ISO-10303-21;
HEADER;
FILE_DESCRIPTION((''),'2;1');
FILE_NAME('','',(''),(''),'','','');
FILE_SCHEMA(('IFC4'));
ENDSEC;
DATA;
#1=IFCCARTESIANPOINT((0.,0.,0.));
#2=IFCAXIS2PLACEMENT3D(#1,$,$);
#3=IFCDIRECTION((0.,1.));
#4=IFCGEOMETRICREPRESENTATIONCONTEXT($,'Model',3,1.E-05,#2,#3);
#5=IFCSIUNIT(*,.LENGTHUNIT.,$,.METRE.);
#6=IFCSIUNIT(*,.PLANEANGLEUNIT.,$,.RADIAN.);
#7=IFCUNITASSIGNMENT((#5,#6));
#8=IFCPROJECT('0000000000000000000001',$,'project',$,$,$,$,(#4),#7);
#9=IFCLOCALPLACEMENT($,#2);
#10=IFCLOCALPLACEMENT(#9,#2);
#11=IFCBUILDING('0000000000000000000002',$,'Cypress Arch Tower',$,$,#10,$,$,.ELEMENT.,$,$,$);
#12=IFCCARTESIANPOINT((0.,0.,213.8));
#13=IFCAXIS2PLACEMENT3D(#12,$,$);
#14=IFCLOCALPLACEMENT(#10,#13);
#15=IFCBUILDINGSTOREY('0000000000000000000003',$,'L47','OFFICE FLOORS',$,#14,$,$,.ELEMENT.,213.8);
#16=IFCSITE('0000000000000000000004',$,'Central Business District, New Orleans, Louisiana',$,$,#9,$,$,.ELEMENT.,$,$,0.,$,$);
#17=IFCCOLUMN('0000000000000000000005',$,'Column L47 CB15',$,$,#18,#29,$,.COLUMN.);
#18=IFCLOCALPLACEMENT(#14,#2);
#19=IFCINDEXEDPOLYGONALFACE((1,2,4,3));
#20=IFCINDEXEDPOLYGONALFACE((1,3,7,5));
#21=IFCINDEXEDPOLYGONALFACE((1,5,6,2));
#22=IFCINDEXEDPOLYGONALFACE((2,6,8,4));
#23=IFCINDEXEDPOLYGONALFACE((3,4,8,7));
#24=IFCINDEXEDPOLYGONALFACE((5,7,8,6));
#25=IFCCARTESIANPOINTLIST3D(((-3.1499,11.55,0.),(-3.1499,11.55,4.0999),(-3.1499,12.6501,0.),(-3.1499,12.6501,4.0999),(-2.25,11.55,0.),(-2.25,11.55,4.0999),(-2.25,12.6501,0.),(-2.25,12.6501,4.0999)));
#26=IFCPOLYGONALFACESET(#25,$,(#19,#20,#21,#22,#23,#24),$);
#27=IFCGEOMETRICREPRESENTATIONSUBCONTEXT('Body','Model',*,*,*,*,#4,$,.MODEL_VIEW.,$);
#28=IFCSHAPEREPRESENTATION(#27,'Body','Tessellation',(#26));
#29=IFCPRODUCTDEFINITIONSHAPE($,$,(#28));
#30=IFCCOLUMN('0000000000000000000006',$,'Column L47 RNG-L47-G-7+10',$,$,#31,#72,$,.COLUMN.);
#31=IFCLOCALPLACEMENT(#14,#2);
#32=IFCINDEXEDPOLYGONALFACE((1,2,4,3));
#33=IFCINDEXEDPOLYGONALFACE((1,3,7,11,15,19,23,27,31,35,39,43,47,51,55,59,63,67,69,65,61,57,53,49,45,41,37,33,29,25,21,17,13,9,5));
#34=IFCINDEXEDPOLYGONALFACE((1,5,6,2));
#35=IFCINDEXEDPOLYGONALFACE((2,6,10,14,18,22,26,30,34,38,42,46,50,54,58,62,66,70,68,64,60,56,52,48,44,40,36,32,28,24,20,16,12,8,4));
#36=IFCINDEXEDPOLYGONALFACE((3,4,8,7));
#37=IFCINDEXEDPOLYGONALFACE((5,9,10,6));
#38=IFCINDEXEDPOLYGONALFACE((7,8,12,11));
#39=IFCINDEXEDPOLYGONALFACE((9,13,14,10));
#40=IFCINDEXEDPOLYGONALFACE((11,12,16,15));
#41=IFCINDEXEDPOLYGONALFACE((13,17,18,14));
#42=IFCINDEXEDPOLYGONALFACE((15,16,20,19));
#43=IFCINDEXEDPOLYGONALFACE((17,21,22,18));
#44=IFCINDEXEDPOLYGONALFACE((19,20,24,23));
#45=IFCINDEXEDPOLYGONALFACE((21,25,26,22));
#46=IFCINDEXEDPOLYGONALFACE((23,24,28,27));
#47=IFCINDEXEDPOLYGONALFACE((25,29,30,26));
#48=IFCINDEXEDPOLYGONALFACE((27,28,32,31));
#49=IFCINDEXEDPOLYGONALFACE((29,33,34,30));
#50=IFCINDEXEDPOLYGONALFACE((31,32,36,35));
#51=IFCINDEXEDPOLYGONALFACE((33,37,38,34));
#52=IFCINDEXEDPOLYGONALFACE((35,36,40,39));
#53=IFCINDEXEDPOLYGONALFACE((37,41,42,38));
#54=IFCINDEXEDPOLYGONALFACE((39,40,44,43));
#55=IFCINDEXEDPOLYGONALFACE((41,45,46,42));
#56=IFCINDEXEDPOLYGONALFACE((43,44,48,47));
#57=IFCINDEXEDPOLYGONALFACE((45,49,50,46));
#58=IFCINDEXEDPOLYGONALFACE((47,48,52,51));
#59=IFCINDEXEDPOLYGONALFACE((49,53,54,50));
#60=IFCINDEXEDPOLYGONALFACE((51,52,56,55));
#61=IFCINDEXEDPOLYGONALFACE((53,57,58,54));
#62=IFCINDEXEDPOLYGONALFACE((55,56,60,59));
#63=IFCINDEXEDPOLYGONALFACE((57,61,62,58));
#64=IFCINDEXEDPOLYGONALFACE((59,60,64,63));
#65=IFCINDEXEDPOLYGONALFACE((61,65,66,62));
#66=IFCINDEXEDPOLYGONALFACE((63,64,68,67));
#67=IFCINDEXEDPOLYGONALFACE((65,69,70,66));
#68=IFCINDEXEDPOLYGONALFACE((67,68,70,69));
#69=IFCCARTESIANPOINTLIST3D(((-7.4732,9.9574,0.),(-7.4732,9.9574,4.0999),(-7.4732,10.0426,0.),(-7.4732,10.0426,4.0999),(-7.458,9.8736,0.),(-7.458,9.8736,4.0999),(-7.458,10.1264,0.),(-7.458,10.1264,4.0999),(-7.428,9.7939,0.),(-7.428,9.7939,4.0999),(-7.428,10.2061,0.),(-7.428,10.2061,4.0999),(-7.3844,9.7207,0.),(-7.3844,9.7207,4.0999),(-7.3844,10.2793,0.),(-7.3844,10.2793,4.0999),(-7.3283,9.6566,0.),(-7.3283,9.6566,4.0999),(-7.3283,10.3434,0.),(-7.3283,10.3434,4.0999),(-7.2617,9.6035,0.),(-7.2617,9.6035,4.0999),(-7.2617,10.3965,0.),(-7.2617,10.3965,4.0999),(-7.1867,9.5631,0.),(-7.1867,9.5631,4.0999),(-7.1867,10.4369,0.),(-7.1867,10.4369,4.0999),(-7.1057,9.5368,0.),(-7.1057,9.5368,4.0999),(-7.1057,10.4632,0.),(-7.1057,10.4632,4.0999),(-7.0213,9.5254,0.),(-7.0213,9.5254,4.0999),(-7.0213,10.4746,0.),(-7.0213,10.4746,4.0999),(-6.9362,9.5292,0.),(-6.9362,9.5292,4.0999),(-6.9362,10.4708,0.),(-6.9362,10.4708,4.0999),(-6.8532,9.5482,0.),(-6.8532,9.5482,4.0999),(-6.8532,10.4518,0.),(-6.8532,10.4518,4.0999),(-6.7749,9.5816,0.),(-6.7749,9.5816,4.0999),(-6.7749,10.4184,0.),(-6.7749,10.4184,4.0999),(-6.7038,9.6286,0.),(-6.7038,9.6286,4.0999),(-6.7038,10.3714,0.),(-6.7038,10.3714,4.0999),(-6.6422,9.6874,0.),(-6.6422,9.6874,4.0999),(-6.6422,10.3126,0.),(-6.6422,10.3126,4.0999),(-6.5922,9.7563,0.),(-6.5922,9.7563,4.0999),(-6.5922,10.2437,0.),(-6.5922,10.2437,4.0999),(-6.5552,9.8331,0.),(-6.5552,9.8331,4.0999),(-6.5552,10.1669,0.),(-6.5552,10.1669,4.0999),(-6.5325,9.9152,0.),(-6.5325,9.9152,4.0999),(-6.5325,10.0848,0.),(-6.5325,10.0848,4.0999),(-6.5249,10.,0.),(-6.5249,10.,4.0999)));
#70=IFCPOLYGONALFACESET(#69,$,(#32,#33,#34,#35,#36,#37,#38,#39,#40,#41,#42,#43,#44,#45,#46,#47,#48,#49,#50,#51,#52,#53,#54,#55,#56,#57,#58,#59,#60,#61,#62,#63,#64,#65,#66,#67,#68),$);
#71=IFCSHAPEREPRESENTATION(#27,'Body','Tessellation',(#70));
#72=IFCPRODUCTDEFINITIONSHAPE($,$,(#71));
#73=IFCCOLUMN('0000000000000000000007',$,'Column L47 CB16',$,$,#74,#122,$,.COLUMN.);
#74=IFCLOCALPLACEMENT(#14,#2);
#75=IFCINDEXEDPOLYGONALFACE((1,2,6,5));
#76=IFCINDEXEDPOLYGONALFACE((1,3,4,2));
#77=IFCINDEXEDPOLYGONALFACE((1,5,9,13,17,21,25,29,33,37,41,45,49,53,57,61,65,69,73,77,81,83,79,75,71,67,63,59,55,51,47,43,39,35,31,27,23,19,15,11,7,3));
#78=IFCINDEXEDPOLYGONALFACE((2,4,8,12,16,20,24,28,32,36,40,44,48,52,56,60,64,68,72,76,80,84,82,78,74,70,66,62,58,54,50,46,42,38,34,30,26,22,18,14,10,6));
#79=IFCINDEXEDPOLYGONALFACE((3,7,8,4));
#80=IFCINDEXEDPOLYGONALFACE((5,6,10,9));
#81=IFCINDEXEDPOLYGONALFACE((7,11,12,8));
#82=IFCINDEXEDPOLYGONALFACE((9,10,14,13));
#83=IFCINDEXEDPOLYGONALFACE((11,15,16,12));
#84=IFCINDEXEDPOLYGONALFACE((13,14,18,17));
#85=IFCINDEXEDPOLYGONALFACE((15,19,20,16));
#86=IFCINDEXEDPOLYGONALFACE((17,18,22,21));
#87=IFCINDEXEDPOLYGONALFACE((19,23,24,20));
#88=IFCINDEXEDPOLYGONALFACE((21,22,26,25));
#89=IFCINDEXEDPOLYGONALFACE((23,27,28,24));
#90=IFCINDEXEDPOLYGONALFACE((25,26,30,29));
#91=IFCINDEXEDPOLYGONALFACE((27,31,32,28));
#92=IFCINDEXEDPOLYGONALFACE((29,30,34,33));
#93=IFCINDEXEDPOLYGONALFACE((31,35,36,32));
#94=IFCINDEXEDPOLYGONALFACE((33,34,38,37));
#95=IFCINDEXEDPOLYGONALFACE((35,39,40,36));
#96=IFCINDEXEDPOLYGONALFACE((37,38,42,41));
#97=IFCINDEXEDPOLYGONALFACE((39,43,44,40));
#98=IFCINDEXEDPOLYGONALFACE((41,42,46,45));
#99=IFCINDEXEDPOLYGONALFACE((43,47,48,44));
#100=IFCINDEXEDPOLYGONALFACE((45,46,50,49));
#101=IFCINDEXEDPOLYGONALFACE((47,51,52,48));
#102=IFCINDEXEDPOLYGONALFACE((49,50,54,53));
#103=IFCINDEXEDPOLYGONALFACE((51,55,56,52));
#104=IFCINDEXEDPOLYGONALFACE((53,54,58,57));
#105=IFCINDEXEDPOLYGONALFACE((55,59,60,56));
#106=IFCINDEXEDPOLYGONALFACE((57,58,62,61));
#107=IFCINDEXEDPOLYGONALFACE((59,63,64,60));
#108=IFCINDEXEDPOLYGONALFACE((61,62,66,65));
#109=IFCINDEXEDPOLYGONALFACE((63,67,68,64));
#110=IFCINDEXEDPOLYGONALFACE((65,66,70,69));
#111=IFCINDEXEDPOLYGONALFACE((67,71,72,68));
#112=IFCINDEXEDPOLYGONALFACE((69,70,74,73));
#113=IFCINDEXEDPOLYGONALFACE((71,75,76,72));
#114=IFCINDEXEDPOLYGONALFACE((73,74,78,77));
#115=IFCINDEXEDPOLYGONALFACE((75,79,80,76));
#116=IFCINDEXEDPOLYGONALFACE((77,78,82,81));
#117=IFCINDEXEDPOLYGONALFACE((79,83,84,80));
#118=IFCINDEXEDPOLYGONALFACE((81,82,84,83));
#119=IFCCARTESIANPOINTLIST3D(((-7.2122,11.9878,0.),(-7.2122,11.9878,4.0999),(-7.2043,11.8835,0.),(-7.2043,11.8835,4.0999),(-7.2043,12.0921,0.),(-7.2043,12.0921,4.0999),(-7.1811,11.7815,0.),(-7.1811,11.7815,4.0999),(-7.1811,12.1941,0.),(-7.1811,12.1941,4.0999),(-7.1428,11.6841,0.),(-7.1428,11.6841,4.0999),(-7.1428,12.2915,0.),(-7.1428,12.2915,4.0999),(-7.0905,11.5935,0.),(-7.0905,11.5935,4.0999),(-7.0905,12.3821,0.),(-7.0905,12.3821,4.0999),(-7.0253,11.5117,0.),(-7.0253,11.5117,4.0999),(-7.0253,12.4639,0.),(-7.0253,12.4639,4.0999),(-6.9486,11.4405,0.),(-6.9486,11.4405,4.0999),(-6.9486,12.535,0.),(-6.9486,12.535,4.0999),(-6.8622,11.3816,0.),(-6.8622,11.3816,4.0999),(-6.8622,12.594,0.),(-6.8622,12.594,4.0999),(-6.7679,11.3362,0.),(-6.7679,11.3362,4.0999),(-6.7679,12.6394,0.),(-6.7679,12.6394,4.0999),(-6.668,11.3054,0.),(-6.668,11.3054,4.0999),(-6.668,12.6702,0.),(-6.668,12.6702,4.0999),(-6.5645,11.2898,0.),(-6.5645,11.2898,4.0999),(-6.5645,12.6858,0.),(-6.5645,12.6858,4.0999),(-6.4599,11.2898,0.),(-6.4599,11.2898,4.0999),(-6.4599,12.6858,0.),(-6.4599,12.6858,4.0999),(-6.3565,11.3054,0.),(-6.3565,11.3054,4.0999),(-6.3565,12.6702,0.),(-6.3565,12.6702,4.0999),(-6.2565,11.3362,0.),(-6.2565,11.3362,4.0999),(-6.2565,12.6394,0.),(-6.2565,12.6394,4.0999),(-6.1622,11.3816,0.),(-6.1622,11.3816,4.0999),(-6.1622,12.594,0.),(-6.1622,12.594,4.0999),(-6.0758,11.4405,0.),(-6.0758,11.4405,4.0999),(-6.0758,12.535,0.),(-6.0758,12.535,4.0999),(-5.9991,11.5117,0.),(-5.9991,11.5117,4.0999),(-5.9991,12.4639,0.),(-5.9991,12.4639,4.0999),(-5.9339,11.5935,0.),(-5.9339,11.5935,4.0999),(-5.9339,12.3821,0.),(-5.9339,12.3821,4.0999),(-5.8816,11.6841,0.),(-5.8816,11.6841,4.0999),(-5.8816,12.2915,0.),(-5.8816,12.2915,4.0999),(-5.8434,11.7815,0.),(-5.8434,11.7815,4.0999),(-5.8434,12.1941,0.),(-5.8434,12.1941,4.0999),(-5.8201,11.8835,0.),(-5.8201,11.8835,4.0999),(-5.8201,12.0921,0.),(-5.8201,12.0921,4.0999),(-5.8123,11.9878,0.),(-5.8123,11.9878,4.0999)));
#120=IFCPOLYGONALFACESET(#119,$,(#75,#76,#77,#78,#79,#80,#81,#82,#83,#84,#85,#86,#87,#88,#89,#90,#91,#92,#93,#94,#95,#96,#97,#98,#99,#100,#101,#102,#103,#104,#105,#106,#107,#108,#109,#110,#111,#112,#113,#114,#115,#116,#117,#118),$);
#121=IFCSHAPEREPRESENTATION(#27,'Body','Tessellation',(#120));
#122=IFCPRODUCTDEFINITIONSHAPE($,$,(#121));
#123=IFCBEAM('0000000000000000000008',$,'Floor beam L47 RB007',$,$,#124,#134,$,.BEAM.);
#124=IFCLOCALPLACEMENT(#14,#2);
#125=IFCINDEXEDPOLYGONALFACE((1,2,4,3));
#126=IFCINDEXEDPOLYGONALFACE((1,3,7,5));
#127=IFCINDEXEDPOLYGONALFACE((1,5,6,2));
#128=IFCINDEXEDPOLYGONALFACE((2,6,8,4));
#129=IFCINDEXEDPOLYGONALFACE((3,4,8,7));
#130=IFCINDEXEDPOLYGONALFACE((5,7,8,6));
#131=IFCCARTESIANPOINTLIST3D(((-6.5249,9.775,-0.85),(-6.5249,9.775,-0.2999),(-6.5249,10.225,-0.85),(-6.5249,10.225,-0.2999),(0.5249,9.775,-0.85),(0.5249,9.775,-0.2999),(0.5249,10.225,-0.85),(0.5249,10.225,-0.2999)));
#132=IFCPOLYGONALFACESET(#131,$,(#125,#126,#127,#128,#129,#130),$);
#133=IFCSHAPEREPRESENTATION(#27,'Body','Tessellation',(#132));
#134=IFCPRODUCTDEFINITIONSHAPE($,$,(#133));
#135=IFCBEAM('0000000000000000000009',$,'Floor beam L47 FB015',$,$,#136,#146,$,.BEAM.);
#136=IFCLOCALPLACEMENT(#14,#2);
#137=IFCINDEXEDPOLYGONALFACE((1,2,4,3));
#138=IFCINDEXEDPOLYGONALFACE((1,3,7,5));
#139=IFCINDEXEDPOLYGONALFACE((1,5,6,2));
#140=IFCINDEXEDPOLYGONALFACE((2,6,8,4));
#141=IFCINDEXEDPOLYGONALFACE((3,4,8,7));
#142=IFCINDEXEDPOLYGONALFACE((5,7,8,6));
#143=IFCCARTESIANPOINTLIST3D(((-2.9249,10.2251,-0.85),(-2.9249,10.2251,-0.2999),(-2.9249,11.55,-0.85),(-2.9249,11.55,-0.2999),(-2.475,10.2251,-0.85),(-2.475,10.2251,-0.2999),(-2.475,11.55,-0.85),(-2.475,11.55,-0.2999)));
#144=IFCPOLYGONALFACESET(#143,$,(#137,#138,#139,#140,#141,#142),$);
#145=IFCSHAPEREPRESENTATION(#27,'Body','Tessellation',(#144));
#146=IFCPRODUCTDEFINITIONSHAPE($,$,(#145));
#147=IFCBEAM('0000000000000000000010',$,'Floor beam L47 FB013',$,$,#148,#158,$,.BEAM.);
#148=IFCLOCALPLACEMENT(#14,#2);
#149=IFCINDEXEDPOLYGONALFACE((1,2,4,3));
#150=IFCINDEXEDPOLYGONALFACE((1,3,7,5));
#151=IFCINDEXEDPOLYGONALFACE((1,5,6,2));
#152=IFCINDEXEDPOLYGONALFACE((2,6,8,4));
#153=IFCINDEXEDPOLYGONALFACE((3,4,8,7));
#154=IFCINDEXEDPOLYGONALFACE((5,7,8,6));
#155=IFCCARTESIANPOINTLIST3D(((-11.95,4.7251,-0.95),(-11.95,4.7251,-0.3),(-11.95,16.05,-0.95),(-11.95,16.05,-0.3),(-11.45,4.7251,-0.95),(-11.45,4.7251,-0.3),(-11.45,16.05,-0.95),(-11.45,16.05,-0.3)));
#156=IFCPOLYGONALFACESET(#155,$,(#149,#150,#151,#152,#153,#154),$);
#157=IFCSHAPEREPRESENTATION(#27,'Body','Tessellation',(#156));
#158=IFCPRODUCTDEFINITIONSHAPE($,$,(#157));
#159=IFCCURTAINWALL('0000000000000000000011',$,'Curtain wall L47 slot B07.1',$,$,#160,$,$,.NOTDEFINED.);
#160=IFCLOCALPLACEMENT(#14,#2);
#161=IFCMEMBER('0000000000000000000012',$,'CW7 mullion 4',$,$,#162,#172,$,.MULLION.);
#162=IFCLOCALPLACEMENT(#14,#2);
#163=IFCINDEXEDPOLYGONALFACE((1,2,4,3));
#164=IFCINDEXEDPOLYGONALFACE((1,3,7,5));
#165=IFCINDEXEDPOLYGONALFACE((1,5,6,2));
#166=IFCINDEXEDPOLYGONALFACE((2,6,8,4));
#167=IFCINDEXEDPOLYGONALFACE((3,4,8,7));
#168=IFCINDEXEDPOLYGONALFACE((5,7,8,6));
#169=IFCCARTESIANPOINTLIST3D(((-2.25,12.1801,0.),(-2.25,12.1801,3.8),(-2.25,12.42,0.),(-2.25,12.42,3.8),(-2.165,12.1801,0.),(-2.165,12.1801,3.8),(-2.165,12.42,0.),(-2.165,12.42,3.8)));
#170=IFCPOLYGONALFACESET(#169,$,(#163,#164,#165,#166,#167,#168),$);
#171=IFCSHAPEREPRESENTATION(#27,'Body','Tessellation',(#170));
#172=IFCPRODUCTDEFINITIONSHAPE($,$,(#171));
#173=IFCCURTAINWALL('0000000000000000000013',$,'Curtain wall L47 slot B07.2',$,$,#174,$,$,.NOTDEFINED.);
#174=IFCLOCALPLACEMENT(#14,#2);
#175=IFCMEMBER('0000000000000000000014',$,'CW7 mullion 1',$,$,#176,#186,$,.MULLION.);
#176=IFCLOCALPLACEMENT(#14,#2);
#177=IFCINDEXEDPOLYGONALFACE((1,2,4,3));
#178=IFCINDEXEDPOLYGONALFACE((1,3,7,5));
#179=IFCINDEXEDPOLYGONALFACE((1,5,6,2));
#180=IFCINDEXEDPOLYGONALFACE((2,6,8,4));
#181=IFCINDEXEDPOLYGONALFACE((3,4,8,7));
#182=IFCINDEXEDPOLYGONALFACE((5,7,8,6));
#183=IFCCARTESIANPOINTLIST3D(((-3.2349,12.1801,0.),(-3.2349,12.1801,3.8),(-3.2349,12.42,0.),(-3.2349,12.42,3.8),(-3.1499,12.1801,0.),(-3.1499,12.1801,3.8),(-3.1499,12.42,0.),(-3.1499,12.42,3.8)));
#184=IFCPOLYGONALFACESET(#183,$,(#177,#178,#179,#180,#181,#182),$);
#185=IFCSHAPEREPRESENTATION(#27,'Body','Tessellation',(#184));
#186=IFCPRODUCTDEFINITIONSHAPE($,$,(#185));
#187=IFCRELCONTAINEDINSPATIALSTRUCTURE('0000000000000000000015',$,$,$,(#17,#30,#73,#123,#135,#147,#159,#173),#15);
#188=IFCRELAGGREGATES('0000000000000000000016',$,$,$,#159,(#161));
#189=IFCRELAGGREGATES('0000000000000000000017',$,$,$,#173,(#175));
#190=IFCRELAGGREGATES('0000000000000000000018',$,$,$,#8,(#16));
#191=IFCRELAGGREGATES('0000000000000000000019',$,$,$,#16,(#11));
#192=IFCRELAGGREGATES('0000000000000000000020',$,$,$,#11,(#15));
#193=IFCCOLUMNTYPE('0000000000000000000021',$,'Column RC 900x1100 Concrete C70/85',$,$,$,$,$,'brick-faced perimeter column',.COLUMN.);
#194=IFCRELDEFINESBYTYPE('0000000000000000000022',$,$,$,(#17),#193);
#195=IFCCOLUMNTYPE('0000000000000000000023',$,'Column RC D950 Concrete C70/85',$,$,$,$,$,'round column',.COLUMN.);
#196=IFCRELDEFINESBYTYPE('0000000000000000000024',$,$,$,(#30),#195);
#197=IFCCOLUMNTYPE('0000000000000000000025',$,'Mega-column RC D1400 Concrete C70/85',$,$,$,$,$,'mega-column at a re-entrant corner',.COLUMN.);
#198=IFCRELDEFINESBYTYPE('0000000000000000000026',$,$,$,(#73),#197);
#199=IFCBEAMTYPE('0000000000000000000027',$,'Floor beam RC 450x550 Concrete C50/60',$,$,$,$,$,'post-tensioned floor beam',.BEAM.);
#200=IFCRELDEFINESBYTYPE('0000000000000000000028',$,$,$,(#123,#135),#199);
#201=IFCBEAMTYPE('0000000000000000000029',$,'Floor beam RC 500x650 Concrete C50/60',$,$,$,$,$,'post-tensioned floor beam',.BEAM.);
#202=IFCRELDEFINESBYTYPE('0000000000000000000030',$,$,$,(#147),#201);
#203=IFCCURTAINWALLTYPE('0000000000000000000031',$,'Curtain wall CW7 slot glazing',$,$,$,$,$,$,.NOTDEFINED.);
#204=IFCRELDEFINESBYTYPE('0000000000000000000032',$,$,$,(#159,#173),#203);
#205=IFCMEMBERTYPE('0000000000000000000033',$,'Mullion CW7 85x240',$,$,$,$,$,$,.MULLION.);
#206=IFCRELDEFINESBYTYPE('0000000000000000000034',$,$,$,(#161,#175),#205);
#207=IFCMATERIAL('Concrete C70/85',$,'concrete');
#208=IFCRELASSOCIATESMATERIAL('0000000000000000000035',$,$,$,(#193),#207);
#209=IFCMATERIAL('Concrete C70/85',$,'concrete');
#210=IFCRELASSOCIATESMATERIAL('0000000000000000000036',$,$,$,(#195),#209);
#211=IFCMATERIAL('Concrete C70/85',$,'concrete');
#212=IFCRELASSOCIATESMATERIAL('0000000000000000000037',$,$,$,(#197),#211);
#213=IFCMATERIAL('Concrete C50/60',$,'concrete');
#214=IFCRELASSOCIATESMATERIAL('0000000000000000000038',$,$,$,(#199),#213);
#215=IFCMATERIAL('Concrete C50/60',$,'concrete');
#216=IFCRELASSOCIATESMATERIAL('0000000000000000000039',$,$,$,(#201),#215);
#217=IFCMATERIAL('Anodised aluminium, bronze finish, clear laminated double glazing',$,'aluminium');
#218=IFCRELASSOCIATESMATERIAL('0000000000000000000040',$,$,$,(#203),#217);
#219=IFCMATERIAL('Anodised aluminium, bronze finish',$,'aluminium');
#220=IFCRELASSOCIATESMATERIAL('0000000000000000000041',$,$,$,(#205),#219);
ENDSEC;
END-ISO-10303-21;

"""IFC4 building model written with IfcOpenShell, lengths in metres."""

from ifc_helpers import new_model, si_unit, direction, frame, origin, origin_2d, place, context, subcontext, project, spatial, rectangle, circle, extrude, material, material_profile, profile_set, type_object, element, aggregate, save


model = new_model("IFC4")

# Units and contexts
model_context = context("Model", 3, precision=1e-05, world=origin(), true_north=direction((0.0, 1.0)))
body_context = subcontext(model_context, "Body", "Model", "MODEL_VIEW")
ifc_project = project(units=[si_unit("LENGTHUNIT", "METRE"), si_unit("PLANEANGLEUNIT", "RADIAN")], contexts=[model_context])

# Site, building, storey
site_placement = place(None, origin())
site = spatial("IfcSite", under=ifc_project, at=site_placement, Name="Central Business District, New Orleans, Louisiana", CompositionType="ELEMENT", RefElevation=0.0)
building_placement = place(site_placement, origin())
building = spatial("IfcBuilding", under=site, at=building_placement, Name="Cypress Arch Tower", CompositionType="ELEMENT")
storey_placement = place(building_placement, frame((0.0, 0.0, 213.8)))
storey = spatial("IfcBuildingStorey", under=building, at=storey_placement, Name="L47", Description="OFFICE FLOORS", CompositionType="ELEMENT", Elevation=213.8)

# Columns
ifc_material_1 = material(Name="Concrete C70/85", Category="concrete")
ifc_material_profile_1 = material_profile(ifc_material_1, rectangle(XDim=0.8999, YDim=1.1001, at=origin_2d()), Name="RC 900x1100")
ifc_profile_set_1 = profile_set([ifc_material_profile_1], Name="Concrete C70/85")
column_type_1 = type_object("IfcColumnType", Name="Column RC 900x1100 Concrete C70/85", ElementType="brick-faced perimeter column", PredefinedType="COLUMN", material=ifc_profile_set_1)
column_1_placement = place(storey_placement, frame((-2.7, 12.1001, 0.0), z_axis=(0.0, 0.0, 1.0), x_axis=(-1.0, 0.0, 0.0)))
element("IfcColumn", 1, at=column_1_placement, inside=storey, type_object=column_type_1, Name="Column L47 CB15", PredefinedType="COLUMN", context=body_context, shape_type="SweptSolid", body=[
    extrude(rectangle(XDim=0.8999, YDim=1.1001, at=origin_2d()), origin(), (0.0, 0.0, 1.0), 4.0999),
])
ifc_material_2 = material(Name="Concrete C70/85", Category="concrete")
ifc_material_profile_2 = material_profile(ifc_material_2, circle(Radius=0.4751, at=origin_2d()), Name="RC D950")
ifc_profile_set_2 = profile_set([ifc_material_profile_2], Name="Concrete C70/85")
column_type_2 = type_object("IfcColumnType", Name="Column RC D950 Concrete C70/85", ElementType="round column", PredefinedType="COLUMN", material=ifc_profile_set_2)
column_2_placement = place(storey_placement, frame((-7.0, 10.0, 0.0), z_axis=(0.0, 0.0, 1.0), x_axis=(1.0, 0.0, 0.0)))
element("IfcColumn", 2, at=column_2_placement, inside=storey, type_object=column_type_2, Name="Column L47 RNG-L47-G-7+10", PredefinedType="COLUMN", context=body_context, shape_type="SweptSolid", body=[
    extrude(circle(Radius=0.4751, at=origin_2d()), origin(), (0.0, 0.0, 1.0), 4.0999),
])
ifc_material_3 = material(Name="Concrete C70/85", Category="concrete")
ifc_material_profile_3 = material_profile(ifc_material_3, circle(Radius=0.7, at=origin_2d()), Name="RC D1400")
ifc_profile_set_3 = profile_set([ifc_material_profile_3], Name="Concrete C70/85")
column_type_3 = type_object("IfcColumnType", Name="Mega-column RC D1400 Concrete C70/85", ElementType="mega-column at a re-entrant corner", PredefinedType="COLUMN", material=ifc_profile_set_3)
column_3_placement = place(storey_placement, frame((-6.5122, 11.9878, 0.0), z_axis=(0.0, 0.0, 1.0), x_axis=(1.0, 0.0, 0.0)))
element("IfcColumn", 3, at=column_3_placement, inside=storey, type_object=column_type_3, Name="Column L47 CB16", PredefinedType="COLUMN", context=body_context, shape_type="SweptSolid", body=[
    extrude(circle(Radius=0.7, at=origin_2d()), origin(), (0.0, 0.0, 1.0), 4.0999),
])

# Beams
ifc_material_4 = material(Name="Concrete C50/60", Category="concrete")
ifc_material_profile_4 = material_profile(ifc_material_4, rectangle(XDim=0.45, YDim=0.55, at=origin_2d()), Name="RC 450x550")
ifc_profile_set_4 = profile_set([ifc_material_profile_4], Name="Concrete C50/60")
beam_type_1 = type_object("IfcBeamType", Name="Floor beam RC 450x550 Concrete C50/60", ElementType="post-tensioned floor beam", PredefinedType="BEAM", material=ifc_profile_set_4)
beam_1_placement = place(storey_placement, frame((-6.5249, 10.0, -0.575), z_axis=(1.0, 0.0, 0.0), x_axis=(0.0, 1.0, 0.0)))
element("IfcBeam", 4, at=beam_1_placement, inside=storey, type_object=beam_type_1, Name="Floor beam L47 RB007", PredefinedType="BEAM", context=body_context, shape_type="SweptSolid", body=[
    extrude(rectangle(XDim=0.45, YDim=0.55, at=origin_2d()), origin(), (0.0, 0.0, 1.0), 7.0498),
])
beam_2_placement = place(storey_placement, frame((-2.7, 10.2251, -0.575), z_axis=(0.0, 1.0, 0.0), x_axis=(-1.0, 0.0, 0.0)))
element("IfcBeam", 5, at=beam_2_placement, inside=storey, type_object=beam_type_1, Name="Floor beam L47 FB015", PredefinedType="BEAM", context=body_context, shape_type="SweptSolid", body=[
    extrude(rectangle(XDim=0.45, YDim=0.55, at=origin_2d()), origin(), (0.0, 0.0, 1.0), 1.325),
])
ifc_material_5 = material(Name="Concrete C50/60", Category="concrete")
ifc_material_profile_5 = material_profile(ifc_material_5, rectangle(XDim=0.5, YDim=0.6499, at=origin_2d()), Name="RC 500x650")
ifc_profile_set_5 = profile_set([ifc_material_profile_5], Name="Concrete C50/60")
beam_type_2 = type_object("IfcBeamType", Name="Floor beam RC 500x650 Concrete C50/60", ElementType="post-tensioned floor beam", PredefinedType="BEAM", material=ifc_profile_set_5)
beam_3_placement = place(storey_placement, frame((-11.7, 4.7251, -0.625), z_axis=(0.0, 1.0, 0.0), x_axis=(-1.0, 0.0, 0.0)))
element("IfcBeam", 6, at=beam_3_placement, inside=storey, type_object=beam_type_2, Name="Floor beam L47 FB013", PredefinedType="BEAM", context=body_context, shape_type="SweptSolid", body=[
    extrude(rectangle(XDim=0.5, YDim=0.6499, at=origin_2d()), origin(), (0.0, 0.0, 1.0), 11.325),
])

# Curtain wall, member
ifc_material_6 = material(Name="Anodised aluminium, bronze finish, clear laminated double glazing", Category="aluminium")
curtain_wall_type = type_object("IfcCurtainWallType", Name="Curtain wall CW7 slot glazing", PredefinedType="NOTDEFINED", material=ifc_material_6)
curtain_wall_1_placement = place(storey_placement, origin())
curtain_wall_1 = element("IfcCurtainWall", 7, at=curtain_wall_1_placement, inside=storey, type_object=curtain_wall_type, Name="Curtain wall L47 slot B07.1", PredefinedType="NOTDEFINED")
ifc_material_7 = material(Name="Anodised aluminium, bronze finish", Category="aluminium")
ifc_material_profile_6 = material_profile(ifc_material_7, rectangle(XDim=0.24, YDim=0.085, at=origin_2d()), Name="Mullion 85x240")
ifc_profile_set_6 = profile_set([ifc_material_profile_6], Name="Anodised aluminium, bronze finish")
member_type_1 = type_object("IfcMemberType", Name="Mullion CW7 85x240", PredefinedType="MULLION", material=ifc_profile_set_6)
member_1_placement = place(storey_placement, frame((-2.2075, 12.3, 0.0), z_axis=(0.0, 0.0, 1.0), x_axis=(0.0, -1.0, 0.0)))
member_1 = element("IfcMember", 8, at=member_1_placement, type_object=member_type_1, Name="CW7 mullion 4", PredefinedType="MULLION", context=body_context, shape_type="SweptSolid", body=[
    extrude(rectangle(XDim=0.24, YDim=0.085, at=origin_2d()), origin(), (0.0, 0.0, 1.0), 3.8),
])
aggregate(curtain_wall_1, [member_1])

# Curtain wall, member
curtain_wall_2_placement = place(storey_placement, origin())
curtain_wall_2 = element("IfcCurtainWall", 9, at=curtain_wall_2_placement, inside=storey, type_object=curtain_wall_type, Name="Curtain wall L47 slot B07.2", PredefinedType="NOTDEFINED")
member_2_placement = place(storey_placement, frame((-3.1924, 12.3, 0.0), z_axis=(0.0, 0.0, 1.0), x_axis=(0.0, -1.0, 0.0)))
member_2 = element("IfcMember", 10, at=member_2_placement, type_object=member_type_1, Name="CW7 mullion 1", PredefinedType="MULLION", context=body_context, shape_type="SweptSolid", body=[
    extrude(rectangle(XDim=0.24, YDim=0.085, at=origin_2d()), origin(), (0.0, 0.0, 1.0), 3.8),
])

aggregate(curtain_wall_2, [member_2])

save(model, "model.ifc")
